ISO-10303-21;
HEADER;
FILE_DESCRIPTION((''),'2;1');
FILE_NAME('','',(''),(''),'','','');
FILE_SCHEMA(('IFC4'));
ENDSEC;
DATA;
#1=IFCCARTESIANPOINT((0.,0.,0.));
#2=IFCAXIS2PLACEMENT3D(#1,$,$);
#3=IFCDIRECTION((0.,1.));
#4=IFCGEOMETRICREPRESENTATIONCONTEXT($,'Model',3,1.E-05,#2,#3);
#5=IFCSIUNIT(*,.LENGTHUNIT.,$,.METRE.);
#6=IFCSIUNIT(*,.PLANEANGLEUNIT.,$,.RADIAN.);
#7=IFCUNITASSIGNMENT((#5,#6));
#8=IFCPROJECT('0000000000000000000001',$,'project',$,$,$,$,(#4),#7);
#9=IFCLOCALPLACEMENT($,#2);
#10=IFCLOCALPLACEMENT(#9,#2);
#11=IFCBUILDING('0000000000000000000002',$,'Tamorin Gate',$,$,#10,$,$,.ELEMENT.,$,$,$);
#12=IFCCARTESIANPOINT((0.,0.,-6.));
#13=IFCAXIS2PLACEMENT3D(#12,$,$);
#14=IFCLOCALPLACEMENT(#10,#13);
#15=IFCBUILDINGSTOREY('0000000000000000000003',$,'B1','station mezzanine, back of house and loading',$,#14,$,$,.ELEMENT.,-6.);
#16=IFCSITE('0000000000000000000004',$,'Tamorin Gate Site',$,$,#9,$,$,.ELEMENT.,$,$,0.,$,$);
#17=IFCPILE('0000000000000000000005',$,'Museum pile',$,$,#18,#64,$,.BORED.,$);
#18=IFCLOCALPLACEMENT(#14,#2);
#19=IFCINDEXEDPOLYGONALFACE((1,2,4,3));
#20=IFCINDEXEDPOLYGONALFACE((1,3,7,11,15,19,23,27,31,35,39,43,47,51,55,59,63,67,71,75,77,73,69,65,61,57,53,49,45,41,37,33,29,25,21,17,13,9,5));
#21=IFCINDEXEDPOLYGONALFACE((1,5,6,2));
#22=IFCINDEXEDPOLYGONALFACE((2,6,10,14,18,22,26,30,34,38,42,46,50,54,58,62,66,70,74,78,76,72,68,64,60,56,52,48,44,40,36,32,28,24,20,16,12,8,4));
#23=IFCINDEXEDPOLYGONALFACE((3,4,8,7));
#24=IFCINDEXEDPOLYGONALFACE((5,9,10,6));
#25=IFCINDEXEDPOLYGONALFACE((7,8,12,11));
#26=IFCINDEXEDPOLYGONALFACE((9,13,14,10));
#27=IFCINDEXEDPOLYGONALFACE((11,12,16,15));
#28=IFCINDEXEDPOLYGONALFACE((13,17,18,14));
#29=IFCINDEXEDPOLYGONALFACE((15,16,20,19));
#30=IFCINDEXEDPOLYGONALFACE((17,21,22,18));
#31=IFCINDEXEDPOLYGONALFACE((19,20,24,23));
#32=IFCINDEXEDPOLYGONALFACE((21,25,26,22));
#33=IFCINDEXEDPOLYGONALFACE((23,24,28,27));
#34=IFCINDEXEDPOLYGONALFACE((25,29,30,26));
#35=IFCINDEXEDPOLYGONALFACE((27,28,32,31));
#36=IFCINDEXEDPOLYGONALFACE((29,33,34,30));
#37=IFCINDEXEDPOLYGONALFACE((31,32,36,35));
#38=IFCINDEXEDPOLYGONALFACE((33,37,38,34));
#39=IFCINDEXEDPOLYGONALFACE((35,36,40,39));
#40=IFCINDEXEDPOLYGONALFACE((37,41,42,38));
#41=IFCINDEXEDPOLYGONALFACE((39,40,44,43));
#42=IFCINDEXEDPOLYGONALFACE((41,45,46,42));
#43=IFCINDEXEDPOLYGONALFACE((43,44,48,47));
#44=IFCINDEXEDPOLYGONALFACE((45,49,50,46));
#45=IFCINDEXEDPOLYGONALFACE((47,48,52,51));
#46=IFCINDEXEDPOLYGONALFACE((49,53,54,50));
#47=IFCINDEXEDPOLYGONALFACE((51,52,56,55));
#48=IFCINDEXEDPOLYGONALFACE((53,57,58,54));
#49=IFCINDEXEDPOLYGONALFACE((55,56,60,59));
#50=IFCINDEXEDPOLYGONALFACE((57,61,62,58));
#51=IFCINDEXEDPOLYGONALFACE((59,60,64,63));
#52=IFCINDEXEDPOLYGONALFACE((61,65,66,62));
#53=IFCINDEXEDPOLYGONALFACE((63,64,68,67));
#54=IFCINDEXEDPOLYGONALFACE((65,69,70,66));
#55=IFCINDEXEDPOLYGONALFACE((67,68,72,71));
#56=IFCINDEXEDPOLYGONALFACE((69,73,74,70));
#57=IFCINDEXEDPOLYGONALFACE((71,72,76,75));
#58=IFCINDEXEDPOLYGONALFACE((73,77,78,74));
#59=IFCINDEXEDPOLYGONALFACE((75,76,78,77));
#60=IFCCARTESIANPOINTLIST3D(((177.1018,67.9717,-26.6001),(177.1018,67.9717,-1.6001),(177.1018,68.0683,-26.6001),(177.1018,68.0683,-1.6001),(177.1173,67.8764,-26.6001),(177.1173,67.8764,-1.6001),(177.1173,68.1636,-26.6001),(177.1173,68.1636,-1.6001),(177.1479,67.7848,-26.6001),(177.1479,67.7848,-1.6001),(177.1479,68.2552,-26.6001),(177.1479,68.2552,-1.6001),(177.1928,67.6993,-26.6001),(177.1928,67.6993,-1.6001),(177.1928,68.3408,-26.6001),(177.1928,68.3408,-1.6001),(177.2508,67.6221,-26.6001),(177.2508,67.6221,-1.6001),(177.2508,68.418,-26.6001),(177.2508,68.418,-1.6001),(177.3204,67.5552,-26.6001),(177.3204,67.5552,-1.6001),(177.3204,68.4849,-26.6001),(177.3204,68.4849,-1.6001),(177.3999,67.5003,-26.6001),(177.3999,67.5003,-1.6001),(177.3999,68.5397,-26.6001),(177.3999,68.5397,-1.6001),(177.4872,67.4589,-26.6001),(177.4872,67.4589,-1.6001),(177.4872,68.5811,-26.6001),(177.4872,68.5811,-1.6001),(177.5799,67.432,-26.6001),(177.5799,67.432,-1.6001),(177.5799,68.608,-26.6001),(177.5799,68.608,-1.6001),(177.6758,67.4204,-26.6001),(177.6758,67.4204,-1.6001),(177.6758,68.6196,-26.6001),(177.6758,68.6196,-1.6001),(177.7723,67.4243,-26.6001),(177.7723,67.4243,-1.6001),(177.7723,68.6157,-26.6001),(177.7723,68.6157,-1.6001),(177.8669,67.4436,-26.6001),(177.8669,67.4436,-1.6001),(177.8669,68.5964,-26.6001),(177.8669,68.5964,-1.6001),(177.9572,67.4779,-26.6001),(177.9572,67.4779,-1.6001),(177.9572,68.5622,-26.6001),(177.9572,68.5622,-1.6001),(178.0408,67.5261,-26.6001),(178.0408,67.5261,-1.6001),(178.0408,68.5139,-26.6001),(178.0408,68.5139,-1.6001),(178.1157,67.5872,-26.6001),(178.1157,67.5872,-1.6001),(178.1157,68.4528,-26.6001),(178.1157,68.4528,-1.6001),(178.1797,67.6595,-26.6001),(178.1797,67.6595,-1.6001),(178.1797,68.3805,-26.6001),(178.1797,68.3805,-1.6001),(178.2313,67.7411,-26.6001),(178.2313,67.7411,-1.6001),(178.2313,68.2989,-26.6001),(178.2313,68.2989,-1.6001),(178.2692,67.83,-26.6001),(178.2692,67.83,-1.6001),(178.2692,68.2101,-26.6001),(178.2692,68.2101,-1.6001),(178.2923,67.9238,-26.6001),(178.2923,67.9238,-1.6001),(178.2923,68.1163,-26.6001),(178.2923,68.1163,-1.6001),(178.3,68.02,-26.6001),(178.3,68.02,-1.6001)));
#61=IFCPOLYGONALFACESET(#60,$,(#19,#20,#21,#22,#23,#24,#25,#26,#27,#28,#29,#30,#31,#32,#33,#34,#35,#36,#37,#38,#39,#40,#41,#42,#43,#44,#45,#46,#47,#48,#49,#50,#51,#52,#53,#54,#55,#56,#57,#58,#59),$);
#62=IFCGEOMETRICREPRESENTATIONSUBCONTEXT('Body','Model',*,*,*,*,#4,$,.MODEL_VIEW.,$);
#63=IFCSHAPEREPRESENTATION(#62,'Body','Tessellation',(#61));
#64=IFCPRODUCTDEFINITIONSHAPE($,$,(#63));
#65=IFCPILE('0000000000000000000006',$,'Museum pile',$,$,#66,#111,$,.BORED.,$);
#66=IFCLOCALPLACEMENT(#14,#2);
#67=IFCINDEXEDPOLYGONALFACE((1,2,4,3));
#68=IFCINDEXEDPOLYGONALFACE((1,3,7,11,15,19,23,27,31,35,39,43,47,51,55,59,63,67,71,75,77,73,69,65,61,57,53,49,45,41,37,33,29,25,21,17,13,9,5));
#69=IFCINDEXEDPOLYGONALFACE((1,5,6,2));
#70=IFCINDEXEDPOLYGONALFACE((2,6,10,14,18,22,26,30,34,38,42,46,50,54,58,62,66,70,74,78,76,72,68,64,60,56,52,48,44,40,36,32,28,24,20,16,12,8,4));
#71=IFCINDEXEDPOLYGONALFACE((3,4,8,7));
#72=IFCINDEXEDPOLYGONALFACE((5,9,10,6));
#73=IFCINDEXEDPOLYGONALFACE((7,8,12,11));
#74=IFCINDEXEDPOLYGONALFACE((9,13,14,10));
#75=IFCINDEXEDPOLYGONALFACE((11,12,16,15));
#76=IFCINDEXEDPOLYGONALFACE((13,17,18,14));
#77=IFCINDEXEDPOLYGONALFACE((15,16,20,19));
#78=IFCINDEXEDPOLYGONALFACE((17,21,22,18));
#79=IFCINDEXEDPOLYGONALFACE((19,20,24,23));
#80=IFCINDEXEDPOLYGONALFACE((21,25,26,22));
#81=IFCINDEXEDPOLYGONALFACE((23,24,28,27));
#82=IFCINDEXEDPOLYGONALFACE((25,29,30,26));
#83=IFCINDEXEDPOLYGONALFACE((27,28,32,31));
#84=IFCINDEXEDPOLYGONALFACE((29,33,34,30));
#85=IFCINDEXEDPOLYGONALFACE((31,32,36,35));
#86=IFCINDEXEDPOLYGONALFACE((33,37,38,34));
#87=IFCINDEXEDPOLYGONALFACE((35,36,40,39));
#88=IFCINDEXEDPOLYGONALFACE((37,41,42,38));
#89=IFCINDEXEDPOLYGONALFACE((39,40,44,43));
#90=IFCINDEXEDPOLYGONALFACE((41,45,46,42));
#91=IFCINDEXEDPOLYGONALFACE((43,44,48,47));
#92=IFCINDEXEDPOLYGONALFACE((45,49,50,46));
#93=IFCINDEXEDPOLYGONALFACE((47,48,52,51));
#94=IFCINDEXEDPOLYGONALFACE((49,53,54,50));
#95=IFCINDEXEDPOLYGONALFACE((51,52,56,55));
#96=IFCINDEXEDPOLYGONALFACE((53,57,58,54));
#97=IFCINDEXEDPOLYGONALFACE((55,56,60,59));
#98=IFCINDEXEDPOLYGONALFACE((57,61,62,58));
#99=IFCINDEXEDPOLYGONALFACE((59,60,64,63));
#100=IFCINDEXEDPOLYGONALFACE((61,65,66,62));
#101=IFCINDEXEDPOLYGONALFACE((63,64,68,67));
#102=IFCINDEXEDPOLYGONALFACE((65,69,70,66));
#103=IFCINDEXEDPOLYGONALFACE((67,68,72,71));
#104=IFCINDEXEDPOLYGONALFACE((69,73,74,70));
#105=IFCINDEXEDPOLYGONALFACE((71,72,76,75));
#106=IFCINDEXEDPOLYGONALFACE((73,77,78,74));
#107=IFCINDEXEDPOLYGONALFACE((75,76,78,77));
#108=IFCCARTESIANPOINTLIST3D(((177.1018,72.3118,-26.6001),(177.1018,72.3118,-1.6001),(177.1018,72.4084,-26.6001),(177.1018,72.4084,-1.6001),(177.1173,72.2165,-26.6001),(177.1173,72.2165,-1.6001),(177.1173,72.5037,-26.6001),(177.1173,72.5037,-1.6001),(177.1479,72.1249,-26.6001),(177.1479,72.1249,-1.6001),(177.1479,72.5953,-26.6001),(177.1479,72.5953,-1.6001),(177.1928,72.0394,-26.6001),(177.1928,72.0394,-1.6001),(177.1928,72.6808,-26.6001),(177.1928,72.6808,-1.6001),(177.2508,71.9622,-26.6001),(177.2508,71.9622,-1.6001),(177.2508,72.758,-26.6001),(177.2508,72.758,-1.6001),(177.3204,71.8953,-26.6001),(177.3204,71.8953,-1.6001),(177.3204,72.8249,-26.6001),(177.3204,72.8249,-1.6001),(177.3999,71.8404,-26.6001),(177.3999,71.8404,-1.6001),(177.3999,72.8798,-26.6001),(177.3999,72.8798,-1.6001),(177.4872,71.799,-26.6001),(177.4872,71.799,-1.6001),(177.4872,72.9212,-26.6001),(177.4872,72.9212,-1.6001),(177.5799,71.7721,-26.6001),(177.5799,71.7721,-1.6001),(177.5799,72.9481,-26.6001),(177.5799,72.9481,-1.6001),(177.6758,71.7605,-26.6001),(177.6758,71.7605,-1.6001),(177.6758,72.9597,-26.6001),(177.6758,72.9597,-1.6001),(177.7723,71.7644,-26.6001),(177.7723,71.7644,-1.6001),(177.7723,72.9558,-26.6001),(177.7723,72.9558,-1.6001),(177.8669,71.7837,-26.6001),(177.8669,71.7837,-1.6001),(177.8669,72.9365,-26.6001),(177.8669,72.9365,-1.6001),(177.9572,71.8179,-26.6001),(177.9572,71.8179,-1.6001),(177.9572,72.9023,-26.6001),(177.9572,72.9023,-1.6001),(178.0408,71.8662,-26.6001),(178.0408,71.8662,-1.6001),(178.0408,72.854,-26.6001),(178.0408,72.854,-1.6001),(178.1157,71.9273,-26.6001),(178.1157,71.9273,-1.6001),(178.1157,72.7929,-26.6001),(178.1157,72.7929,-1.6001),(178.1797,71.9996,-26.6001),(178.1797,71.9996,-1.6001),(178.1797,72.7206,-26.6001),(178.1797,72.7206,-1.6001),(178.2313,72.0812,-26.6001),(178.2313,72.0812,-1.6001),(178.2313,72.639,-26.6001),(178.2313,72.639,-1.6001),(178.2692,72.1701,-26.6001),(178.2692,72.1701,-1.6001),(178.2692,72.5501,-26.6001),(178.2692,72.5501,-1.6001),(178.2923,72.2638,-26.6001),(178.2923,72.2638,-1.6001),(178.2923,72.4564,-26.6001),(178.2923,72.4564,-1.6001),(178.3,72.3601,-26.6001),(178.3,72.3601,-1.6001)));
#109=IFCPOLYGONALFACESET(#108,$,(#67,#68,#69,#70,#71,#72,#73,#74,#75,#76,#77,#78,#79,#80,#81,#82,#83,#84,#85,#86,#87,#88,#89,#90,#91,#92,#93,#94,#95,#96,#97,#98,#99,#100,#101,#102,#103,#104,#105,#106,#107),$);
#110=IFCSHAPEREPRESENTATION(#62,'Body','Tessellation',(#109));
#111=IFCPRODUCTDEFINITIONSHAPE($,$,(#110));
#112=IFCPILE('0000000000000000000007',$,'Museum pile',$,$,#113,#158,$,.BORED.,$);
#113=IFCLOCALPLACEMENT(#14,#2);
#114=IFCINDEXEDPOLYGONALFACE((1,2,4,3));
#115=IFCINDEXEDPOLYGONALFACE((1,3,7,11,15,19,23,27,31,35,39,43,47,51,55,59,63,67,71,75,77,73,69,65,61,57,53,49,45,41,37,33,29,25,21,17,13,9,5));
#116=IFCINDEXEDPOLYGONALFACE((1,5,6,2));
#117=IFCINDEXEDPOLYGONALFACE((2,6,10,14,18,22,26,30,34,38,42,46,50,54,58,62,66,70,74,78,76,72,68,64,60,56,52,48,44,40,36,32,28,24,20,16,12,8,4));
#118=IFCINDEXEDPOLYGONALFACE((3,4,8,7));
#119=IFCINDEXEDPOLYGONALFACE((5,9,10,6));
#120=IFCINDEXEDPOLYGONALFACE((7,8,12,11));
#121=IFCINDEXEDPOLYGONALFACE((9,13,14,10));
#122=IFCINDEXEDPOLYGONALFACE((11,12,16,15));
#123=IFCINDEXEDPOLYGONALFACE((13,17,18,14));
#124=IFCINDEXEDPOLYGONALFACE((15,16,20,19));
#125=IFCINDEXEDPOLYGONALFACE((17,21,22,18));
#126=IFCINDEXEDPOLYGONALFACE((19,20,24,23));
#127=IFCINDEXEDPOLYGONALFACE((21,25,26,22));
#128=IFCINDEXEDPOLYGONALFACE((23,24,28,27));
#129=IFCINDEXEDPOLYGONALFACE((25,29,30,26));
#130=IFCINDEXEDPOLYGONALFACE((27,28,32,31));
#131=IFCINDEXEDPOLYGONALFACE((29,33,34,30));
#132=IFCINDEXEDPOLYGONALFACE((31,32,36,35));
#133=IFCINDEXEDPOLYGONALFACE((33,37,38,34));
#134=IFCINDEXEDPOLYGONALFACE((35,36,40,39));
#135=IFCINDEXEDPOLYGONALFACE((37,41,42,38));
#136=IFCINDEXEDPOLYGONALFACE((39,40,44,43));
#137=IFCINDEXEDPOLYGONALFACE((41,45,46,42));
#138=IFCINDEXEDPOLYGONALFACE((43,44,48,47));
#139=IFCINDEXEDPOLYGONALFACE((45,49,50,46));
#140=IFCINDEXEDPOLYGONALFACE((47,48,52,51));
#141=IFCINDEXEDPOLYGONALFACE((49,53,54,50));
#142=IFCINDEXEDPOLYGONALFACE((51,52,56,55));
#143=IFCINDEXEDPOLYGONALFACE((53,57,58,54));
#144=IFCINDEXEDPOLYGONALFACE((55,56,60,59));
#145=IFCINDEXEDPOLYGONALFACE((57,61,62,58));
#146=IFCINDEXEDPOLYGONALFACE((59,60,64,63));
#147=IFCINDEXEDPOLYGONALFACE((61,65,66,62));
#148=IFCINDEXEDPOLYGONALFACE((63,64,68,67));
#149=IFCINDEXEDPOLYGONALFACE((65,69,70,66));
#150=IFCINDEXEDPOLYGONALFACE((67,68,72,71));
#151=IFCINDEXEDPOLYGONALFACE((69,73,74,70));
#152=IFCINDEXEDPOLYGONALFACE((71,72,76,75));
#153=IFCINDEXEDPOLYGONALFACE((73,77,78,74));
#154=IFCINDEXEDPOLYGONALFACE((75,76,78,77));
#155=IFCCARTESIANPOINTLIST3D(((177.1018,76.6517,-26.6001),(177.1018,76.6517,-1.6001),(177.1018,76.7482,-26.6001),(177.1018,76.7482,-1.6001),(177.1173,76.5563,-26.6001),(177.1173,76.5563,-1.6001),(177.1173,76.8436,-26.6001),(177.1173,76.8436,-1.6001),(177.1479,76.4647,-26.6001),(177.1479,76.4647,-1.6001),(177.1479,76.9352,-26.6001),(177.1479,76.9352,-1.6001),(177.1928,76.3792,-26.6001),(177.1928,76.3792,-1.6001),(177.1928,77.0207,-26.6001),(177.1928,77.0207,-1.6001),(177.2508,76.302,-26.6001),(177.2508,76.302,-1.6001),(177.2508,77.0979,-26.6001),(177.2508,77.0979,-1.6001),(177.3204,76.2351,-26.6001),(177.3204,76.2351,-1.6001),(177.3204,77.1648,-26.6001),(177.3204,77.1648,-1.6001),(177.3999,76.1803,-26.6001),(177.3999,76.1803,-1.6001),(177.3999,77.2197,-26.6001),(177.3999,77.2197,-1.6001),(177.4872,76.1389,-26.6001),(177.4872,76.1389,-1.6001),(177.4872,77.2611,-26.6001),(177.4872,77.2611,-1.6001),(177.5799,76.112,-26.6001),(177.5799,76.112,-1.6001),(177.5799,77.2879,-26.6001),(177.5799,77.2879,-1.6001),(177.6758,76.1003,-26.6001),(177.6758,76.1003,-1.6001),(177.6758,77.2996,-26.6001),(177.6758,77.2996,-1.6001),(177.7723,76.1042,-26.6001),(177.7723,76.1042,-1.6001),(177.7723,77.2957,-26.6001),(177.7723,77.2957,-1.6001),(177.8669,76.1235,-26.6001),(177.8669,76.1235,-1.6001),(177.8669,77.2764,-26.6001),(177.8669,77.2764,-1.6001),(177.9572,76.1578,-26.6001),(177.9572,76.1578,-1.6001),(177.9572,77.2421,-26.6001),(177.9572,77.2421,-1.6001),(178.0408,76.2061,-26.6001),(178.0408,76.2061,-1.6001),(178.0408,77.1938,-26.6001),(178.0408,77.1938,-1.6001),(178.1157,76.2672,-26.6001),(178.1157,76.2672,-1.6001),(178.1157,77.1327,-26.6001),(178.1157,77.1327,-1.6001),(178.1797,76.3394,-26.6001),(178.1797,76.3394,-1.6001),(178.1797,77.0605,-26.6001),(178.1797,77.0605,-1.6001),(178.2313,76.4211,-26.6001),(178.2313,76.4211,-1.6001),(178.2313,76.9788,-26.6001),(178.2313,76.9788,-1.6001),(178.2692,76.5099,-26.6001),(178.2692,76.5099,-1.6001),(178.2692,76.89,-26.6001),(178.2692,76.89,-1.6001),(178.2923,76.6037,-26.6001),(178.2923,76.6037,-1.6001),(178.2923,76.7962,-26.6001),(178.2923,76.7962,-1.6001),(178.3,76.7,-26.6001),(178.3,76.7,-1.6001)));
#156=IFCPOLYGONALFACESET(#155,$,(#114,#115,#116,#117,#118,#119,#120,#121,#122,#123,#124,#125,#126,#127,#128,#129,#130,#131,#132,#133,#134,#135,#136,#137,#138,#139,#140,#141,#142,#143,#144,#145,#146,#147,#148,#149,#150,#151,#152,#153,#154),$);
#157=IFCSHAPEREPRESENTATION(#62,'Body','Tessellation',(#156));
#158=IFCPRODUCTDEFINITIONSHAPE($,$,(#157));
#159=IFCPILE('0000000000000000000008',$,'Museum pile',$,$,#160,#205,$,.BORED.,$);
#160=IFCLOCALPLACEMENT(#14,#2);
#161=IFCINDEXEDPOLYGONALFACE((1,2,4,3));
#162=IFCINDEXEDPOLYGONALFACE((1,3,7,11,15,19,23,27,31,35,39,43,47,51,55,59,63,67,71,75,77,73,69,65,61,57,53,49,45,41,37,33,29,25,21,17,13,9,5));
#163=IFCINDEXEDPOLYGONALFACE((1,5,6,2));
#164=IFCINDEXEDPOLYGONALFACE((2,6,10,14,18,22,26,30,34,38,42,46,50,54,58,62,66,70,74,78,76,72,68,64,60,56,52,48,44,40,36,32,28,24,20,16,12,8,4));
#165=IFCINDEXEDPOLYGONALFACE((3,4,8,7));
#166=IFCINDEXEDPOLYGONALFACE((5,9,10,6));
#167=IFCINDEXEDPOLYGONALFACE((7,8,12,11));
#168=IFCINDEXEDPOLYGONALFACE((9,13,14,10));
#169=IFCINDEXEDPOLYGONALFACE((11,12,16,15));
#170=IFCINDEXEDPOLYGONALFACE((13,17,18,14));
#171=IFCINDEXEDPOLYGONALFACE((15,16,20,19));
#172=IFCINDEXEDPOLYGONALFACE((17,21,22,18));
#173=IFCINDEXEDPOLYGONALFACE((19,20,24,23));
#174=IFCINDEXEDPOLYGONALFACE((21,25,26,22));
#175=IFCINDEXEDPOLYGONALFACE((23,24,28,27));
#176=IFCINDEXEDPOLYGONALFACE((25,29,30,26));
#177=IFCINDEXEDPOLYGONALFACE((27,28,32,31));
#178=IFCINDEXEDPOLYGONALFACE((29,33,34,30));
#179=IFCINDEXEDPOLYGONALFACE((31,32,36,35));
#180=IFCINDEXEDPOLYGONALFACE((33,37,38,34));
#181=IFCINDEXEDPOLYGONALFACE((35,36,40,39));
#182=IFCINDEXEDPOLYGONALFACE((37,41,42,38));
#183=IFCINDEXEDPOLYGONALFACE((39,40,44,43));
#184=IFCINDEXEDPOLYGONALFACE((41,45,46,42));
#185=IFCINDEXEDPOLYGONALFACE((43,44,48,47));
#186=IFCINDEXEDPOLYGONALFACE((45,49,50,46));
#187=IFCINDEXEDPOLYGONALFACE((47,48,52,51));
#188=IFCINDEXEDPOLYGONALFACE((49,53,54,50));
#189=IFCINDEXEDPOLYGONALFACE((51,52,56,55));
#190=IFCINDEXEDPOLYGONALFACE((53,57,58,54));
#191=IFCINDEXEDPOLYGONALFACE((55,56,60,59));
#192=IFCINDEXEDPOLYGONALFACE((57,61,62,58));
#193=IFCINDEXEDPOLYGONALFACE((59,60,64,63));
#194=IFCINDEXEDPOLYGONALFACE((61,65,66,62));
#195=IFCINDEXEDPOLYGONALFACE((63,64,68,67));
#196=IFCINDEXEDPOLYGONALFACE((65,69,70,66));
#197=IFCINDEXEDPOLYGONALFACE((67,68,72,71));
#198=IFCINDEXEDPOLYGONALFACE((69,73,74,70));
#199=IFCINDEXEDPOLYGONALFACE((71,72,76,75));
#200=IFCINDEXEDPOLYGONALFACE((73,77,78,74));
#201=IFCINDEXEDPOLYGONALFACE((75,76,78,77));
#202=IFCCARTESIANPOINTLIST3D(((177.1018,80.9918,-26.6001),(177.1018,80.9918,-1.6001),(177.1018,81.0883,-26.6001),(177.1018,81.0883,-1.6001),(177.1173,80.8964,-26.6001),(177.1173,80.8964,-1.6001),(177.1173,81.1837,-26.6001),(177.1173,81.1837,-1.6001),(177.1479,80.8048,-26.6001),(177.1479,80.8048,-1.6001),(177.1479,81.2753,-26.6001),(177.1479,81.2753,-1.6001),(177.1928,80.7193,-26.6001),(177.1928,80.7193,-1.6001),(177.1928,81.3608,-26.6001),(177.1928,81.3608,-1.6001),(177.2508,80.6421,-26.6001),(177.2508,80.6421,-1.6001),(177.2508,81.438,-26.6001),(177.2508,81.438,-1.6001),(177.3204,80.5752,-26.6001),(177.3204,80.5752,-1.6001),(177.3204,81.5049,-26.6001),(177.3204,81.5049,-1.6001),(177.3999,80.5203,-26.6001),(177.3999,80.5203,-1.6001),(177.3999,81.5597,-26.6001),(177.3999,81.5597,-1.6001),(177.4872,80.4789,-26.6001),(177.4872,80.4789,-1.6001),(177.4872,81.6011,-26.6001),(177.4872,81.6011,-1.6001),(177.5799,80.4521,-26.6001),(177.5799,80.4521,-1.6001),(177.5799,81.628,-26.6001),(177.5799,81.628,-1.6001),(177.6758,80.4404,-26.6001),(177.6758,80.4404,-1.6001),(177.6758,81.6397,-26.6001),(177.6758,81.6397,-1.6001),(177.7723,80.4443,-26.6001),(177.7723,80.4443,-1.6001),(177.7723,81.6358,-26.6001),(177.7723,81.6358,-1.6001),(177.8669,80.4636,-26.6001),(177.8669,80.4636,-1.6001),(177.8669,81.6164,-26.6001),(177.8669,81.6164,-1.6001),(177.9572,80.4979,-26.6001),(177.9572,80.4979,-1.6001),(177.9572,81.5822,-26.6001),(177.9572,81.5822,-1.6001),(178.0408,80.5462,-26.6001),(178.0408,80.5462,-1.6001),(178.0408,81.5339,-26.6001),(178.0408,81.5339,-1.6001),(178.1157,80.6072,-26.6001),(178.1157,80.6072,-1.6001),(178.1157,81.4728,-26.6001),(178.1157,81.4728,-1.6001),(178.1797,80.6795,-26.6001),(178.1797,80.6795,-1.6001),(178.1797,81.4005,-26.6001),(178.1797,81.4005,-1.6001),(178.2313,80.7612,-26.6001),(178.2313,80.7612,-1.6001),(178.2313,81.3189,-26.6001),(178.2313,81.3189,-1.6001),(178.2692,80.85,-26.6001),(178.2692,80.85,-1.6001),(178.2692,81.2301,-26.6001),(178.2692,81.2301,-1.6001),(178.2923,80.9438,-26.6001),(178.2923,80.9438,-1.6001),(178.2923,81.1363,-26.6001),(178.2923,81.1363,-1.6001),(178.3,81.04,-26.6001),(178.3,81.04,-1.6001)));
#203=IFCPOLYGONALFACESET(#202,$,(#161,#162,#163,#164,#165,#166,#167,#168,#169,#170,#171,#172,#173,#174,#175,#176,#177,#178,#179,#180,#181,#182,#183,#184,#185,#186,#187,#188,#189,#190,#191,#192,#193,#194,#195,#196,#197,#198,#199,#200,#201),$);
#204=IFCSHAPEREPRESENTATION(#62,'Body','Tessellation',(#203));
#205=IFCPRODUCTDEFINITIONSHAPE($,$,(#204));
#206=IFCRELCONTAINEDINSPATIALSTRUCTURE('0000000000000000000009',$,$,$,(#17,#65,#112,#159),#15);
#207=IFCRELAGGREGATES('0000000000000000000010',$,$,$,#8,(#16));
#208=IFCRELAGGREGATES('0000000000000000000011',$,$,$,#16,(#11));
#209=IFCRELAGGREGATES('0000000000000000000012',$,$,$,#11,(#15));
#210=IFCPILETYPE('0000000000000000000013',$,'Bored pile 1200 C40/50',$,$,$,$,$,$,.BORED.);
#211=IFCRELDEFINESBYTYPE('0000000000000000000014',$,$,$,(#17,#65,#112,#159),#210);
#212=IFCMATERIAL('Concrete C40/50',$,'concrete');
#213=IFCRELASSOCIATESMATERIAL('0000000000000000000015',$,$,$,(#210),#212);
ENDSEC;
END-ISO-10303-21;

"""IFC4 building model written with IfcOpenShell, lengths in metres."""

from ifc_helpers import new_model, si_unit, direction, frame, origin, origin_2d, place, context, subcontext, project, spatial, circle, extrude, material, material_profile, profile_set, type_object, element, save


model = new_model("IFC4")

# Units and contexts
model_context = context("Model", 3, precision=1e-05, world=origin(), true_north=direction((0.0, 1.0)))
body_context = subcontext(model_context, "Body", "Model", "MODEL_VIEW")
ifc_project = project(units=[si_unit("LENGTHUNIT", "METRE"), si_unit("PLANEANGLEUNIT", "RADIAN")], contexts=[model_context])

# Site, building, storey
site_placement = place(None, origin())
site = spatial("IfcSite", under=ifc_project, at=site_placement, Name="Tamorin Gate Site", CompositionType="ELEMENT", RefElevation=0.0)
building_placement = place(site_placement, origin())
building = spatial("IfcBuilding", under=site, at=building_placement, Name="Tamorin Gate", CompositionType="ELEMENT")
storey_placement = place(building_placement, frame((0.0, 0.0, -6.0)))
storey = spatial("IfcBuildingStorey", under=building, at=storey_placement, Name="B1", Description="station mezzanine, back of house and loading", CompositionType="ELEMENT", Elevation=-6.0)

# Piles
ifc_material_1 = material(Name="Concrete C40/50", Category="concrete")
ifc_material_profile_1 = material_profile(ifc_material_1, circle(Radius=0.6001, at=origin_2d()))
ifc_profile_set_1 = profile_set([ifc_material_profile_1], Name="Concrete C40/50")
pile_type = type_object("IfcPileType", Name="Bored pile 1200 C40/50", PredefinedType="BORED", material=ifc_profile_set_1)
for number, where, z_axis, x_axis, name in (
    (1, (177.7, 68.02, -1.6001), (0.0, 0.0, -1.0), (1.0, 0.0, 0.0), "Museum pile"),
    (2, (177.7, 72.3601, -1.6001), (0.0, 0.0, -1.0), (1.0, 0.0, 0.0), "Museum pile"),
    (3, (177.7, 76.7, -1.6001), (0.0, 0.0, -1.0), (1.0, 0.0, 0.0), "Museum pile"),
    (4, (177.7, 81.04, -1.6001), (0.0, 0.0, -1.0), (1.0, 0.0, 0.0), "Museum pile"),
):
    element("IfcPile", number, at=place(storey_placement, frame(where, z_axis=z_axis, x_axis=x_axis)), inside=storey, type_object=pile_type, Name=name, PredefinedType="BORED", context=body_context, shape_type="SweptSolid", body=[
        extrude(circle(Radius=0.6001, at=origin_2d()), origin(), (0.0, 0.0, 1.0), 25.0),
    ])

save(model, "model.ifc")
